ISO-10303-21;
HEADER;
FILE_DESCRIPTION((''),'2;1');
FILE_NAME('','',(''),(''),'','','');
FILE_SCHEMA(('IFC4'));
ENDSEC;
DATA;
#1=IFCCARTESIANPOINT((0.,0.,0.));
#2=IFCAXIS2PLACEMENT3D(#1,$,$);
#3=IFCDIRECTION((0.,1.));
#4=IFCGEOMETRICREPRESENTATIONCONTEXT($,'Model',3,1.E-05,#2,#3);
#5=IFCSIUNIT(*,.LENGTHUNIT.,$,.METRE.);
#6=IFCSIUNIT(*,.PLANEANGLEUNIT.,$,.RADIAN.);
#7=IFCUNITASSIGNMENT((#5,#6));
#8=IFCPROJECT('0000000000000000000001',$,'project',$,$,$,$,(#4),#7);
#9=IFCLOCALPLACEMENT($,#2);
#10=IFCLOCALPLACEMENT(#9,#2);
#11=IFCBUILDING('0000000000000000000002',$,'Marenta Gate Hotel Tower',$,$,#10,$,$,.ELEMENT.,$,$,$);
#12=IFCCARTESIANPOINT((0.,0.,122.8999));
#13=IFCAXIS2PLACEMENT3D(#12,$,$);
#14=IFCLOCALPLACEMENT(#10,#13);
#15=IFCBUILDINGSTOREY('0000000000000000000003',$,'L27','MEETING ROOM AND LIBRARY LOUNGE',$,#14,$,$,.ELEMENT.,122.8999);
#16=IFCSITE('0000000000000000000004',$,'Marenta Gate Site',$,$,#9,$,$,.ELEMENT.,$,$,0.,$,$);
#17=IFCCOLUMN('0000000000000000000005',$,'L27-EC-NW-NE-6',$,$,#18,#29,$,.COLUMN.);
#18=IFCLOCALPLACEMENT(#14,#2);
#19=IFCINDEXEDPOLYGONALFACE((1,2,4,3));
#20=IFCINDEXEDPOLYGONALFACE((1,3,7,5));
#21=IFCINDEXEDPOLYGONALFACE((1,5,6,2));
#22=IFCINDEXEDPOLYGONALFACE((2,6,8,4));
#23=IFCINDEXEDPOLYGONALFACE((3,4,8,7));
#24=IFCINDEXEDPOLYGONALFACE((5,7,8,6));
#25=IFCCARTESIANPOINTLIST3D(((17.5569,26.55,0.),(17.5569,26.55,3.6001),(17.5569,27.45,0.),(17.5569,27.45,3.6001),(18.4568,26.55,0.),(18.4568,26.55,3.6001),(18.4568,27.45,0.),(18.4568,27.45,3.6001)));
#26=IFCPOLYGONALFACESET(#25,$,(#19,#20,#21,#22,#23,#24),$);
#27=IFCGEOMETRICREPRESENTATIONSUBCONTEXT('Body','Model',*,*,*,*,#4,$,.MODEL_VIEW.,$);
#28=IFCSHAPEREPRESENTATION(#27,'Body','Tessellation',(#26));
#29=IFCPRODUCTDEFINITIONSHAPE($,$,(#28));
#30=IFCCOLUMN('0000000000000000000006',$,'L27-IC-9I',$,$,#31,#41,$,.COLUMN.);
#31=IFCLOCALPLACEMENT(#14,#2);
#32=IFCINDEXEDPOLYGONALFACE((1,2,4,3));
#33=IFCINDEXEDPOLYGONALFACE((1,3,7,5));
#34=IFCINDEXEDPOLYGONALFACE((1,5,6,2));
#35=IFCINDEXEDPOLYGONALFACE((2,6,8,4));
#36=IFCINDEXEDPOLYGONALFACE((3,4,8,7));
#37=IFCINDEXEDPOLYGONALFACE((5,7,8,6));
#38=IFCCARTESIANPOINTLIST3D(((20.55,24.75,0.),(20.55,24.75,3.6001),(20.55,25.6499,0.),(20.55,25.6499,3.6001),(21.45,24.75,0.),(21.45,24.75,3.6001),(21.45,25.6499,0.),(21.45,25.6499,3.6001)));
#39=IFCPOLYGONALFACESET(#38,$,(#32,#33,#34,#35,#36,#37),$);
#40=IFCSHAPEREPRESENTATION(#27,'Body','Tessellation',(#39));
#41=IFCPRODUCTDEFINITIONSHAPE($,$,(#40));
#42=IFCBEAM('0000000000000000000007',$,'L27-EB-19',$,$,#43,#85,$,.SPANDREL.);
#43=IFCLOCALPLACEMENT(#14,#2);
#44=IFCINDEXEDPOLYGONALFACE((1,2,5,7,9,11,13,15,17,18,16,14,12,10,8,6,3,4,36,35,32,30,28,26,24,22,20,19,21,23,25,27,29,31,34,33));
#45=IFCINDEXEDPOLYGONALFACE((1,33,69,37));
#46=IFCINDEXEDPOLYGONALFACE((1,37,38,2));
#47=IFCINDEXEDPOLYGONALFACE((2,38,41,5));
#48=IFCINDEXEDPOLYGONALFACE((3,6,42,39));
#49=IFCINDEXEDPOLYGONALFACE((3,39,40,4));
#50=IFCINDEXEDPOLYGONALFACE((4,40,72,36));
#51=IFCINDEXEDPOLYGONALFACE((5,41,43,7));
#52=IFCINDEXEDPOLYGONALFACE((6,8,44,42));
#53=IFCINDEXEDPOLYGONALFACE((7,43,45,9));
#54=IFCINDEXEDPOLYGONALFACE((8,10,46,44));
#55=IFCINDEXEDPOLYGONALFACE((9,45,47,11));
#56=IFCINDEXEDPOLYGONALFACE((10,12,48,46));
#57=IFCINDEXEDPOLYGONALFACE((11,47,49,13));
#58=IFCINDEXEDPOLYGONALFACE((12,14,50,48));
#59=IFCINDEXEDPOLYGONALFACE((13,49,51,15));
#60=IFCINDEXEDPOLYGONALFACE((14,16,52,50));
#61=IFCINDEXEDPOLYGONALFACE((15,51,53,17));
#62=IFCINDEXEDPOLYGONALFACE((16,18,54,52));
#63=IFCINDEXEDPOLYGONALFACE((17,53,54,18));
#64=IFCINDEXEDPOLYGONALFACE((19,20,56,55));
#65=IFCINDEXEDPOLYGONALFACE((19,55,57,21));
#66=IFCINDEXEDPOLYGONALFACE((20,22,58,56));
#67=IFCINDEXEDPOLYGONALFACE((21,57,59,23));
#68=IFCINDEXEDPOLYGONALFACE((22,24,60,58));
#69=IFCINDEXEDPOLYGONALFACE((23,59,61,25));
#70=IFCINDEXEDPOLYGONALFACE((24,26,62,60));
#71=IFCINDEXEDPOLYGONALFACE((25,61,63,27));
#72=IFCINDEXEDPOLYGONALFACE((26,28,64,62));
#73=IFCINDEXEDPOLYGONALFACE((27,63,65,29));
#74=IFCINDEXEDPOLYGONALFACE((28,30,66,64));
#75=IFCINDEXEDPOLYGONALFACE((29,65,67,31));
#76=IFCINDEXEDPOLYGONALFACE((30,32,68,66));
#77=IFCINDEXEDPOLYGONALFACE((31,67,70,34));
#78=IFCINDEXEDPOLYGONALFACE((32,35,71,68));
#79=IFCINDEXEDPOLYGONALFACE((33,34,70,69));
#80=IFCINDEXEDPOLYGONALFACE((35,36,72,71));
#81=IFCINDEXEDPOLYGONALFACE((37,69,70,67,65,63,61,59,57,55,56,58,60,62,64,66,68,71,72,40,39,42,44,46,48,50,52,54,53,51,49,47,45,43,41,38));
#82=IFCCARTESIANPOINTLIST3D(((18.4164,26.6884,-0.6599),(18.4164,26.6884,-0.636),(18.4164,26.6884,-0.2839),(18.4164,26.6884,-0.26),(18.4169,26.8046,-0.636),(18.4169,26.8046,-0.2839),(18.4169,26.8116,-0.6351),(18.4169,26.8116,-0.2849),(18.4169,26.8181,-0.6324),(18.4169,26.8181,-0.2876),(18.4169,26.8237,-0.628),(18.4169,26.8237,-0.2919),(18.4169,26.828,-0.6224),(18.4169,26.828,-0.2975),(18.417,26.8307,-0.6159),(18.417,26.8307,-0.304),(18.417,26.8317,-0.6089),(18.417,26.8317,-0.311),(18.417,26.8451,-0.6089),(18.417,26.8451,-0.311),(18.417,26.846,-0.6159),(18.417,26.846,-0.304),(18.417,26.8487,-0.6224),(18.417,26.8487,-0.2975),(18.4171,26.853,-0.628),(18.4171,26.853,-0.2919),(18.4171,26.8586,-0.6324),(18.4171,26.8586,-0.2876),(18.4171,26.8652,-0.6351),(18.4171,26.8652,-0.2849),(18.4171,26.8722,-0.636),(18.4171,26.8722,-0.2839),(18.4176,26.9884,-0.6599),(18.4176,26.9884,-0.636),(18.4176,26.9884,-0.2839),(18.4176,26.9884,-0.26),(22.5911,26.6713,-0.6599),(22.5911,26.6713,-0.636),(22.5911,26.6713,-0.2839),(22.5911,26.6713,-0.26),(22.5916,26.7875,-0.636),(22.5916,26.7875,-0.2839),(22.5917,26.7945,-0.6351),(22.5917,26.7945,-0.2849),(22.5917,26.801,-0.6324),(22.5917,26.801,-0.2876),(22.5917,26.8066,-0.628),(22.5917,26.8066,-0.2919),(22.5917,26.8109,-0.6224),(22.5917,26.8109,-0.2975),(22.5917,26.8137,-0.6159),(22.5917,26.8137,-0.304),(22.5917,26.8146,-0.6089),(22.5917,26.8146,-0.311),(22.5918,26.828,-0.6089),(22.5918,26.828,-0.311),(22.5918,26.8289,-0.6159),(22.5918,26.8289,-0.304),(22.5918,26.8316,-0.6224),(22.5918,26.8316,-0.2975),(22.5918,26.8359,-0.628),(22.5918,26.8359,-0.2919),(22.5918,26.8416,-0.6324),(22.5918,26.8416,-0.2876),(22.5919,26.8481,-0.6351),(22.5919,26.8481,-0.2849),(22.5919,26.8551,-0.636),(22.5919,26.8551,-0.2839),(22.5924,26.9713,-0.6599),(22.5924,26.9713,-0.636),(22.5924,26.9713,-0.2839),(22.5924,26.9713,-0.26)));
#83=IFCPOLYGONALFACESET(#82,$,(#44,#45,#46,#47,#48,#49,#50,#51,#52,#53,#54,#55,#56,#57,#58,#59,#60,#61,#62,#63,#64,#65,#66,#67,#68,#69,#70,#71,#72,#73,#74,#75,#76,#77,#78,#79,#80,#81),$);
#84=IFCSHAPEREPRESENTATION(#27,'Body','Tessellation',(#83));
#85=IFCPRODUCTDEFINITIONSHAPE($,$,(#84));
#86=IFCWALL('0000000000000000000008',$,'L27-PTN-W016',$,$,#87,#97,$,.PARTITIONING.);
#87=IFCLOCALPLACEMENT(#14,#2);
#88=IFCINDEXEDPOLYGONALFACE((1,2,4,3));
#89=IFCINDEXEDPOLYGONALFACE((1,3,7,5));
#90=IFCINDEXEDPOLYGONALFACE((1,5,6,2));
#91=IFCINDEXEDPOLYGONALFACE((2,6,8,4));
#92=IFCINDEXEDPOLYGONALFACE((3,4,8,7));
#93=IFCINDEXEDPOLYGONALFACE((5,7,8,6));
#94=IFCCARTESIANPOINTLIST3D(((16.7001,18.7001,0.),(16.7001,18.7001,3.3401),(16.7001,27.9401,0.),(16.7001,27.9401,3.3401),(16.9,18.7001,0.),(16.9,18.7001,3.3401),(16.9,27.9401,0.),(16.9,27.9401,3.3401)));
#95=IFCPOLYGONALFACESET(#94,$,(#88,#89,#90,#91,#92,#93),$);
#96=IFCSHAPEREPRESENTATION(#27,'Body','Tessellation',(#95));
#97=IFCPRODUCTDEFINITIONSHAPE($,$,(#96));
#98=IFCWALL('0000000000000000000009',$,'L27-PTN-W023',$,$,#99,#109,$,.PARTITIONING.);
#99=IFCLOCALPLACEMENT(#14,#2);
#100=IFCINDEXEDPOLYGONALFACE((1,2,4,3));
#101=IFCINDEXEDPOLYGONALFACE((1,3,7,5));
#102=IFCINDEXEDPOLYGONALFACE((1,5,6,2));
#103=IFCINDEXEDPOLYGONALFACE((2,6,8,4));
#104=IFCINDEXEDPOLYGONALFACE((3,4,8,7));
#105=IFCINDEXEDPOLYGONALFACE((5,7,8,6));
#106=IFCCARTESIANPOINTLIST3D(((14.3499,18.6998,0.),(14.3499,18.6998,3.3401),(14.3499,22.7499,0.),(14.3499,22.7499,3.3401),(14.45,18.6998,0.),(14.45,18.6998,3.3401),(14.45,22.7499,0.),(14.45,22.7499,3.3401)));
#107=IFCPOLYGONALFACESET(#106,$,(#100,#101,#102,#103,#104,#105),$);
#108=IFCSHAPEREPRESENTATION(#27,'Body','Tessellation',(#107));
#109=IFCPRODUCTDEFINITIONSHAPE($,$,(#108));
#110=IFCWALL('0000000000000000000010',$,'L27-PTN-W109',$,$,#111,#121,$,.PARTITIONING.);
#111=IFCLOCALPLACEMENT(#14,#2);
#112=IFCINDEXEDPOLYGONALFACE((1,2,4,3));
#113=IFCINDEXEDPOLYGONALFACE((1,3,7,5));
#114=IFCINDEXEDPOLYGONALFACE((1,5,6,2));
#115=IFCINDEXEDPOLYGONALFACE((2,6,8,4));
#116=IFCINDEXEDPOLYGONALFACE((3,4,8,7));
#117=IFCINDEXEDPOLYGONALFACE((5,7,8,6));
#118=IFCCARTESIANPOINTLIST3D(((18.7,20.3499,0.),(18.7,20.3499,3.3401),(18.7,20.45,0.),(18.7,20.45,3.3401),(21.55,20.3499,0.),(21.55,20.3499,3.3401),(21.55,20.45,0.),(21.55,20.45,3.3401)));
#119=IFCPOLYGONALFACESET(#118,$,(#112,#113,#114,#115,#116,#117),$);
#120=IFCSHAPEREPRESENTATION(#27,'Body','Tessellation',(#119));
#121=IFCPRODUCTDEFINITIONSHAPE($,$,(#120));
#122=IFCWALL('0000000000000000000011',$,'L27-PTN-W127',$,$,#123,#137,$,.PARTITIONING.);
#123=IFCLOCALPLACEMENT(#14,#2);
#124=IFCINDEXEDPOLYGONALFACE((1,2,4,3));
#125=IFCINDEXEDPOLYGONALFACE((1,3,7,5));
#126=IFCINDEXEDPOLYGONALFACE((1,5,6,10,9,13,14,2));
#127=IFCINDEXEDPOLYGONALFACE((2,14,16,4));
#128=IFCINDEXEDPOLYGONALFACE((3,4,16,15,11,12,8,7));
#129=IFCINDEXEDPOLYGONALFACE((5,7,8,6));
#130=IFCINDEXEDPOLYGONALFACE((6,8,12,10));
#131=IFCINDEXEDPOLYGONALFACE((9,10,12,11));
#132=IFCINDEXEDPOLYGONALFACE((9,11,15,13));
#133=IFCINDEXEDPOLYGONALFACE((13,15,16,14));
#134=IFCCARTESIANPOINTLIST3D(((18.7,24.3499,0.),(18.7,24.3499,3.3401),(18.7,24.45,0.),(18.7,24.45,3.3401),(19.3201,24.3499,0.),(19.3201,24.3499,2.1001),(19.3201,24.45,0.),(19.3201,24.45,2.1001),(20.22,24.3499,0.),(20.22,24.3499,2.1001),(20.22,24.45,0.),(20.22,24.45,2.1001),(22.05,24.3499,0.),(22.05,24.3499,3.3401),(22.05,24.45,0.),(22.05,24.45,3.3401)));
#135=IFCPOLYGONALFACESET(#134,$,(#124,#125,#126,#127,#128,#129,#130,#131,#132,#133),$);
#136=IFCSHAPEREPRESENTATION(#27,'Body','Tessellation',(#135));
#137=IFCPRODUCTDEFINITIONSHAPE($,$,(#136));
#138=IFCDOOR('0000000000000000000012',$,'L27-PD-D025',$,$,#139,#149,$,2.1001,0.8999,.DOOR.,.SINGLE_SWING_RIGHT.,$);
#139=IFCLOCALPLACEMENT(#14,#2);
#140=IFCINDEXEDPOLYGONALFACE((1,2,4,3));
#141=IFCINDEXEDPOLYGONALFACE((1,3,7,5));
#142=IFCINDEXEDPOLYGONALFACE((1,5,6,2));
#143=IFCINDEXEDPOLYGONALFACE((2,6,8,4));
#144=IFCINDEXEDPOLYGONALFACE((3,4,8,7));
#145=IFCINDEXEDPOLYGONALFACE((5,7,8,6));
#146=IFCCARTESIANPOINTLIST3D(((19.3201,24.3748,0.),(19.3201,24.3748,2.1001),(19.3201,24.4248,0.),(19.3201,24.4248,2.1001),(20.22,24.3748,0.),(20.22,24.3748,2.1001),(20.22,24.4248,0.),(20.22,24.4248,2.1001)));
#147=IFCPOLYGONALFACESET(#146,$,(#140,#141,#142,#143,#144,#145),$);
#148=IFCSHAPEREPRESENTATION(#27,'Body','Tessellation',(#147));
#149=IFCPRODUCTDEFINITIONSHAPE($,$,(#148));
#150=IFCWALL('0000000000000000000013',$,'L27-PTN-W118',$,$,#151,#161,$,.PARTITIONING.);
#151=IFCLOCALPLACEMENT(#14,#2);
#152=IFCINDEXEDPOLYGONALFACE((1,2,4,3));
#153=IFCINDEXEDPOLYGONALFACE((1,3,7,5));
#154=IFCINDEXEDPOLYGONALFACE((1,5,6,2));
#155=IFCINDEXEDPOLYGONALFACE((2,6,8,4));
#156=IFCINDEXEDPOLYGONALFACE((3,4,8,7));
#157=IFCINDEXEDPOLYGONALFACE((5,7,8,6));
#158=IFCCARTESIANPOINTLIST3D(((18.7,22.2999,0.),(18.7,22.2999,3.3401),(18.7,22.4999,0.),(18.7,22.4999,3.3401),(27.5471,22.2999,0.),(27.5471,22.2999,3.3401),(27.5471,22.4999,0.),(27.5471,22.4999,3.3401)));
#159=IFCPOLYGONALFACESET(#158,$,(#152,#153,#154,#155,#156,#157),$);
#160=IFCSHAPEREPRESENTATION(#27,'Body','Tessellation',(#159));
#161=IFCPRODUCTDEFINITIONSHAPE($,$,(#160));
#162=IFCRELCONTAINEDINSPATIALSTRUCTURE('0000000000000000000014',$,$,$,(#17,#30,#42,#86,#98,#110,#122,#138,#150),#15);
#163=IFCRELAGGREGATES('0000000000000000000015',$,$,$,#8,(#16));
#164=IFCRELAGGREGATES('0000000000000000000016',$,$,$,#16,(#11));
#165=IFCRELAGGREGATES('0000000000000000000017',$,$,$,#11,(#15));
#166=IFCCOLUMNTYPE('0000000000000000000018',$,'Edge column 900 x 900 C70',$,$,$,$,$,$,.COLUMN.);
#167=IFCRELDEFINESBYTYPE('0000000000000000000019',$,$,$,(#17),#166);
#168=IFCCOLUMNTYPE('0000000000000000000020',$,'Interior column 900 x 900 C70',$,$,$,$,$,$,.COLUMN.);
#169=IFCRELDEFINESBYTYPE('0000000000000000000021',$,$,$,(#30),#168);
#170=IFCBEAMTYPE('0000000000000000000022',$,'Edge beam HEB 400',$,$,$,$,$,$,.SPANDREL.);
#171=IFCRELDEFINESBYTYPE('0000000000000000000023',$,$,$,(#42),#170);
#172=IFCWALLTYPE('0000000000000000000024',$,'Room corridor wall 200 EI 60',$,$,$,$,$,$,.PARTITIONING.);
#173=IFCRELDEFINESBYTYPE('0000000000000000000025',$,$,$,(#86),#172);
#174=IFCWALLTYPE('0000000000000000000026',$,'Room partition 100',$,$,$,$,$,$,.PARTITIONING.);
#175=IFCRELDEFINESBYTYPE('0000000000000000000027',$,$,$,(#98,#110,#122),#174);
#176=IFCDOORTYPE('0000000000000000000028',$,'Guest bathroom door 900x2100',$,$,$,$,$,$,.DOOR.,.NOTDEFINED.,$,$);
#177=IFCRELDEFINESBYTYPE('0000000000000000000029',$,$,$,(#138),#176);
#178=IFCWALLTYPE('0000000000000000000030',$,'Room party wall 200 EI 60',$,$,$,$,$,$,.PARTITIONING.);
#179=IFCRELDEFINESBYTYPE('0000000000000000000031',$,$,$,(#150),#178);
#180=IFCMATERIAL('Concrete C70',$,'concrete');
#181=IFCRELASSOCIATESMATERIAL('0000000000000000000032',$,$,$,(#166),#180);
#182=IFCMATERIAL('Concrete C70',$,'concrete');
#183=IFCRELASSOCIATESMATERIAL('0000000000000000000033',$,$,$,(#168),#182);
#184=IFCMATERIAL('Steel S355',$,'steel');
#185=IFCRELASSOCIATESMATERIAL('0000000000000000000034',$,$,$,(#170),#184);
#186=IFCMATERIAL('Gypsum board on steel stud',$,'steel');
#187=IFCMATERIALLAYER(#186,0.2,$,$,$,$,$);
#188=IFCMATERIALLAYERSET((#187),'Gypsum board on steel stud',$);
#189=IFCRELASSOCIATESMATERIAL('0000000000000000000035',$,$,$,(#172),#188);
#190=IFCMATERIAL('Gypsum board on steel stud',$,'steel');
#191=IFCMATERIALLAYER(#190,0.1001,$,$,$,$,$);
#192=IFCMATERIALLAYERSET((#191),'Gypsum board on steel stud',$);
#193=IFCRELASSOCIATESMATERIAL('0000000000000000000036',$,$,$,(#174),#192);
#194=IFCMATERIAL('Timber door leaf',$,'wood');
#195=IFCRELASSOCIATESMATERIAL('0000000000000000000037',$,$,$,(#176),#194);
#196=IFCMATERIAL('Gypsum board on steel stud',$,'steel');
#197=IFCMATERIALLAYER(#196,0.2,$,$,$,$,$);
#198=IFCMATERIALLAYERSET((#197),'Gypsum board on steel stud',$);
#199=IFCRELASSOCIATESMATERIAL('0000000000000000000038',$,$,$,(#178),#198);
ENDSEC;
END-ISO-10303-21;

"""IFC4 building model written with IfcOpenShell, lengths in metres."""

from ifc_helpers import new_model, si_unit, direction, frame, frame_2d, origin, origin_2d, place, context, subcontext, project, spatial, rectangle, i_section, extrude, material, layer, layer_set, material_profile, profile_set, type_object, element, fill, save


model = new_model("IFC4")

# Units and contexts
model_context = context("Model", 3, precision=1e-05, world=origin(), true_north=direction((0.0, 1.0)))
body_context = subcontext(model_context, "Body", "Model", "MODEL_VIEW")
ifc_project = project(units=[si_unit("LENGTHUNIT", "METRE"), si_unit("PLANEANGLEUNIT", "RADIAN")], contexts=[model_context])

# Site, building, storey
site_placement = place(None, origin())
site = spatial("IfcSite", under=ifc_project, at=site_placement, Name="Marenta Gate Site", CompositionType="ELEMENT", RefElevation=0.0)
building_placement = place(site_placement, origin())
building = spatial("IfcBuilding", under=site, at=building_placement, Name="Marenta Gate Hotel Tower", CompositionType="ELEMENT")
storey_placement = place(building_placement, frame((0.0, 0.0, 122.8999)))
storey = spatial("IfcBuildingStorey", under=building, at=storey_placement, Name="L27", Description="MEETING ROOM AND LIBRARY LOUNGE", CompositionType="ELEMENT", Elevation=122.8999)

# Columns
ifc_material_1 = material(Name="Concrete C70", Category="concrete")
ifc_material_profile_1 = material_profile(ifc_material_1, rectangle(XDim=0.8999, YDim=0.8999, at=origin_2d()), Name="900 x 900")
ifc_profile_set_1 = profile_set([ifc_material_profile_1], Name="Concrete C70")
column_type_1 = type_object("IfcColumnType", Name="Edge column 900 x 900 C70", PredefinedType="COLUMN", material=ifc_profile_set_1)
column_1_placement = place(storey_placement, frame((18.0068, 27.0, 0.0), z_axis=(0.0, 0.0, 1.0), x_axis=(1.0, 0.0, 0.0)))
element("IfcColumn", 1, at=column_1_placement, inside=storey, type_object=column_type_1, Name="L27-EC-NW-NE-6", PredefinedType="COLUMN", context=body_context, shape_type="SweptSolid", body=[
    extrude(rectangle(XDim=0.8999, YDim=0.8999, at=origin_2d()), origin(), (0.0, 0.0, 1.0), 3.6001),
])
ifc_material_2 = material(Name="Concrete C70", Category="concrete")
ifc_material_profile_2 = material_profile(ifc_material_2, rectangle(XDim=0.8999, YDim=0.8999, at=origin_2d()), Name="900 x 900")
ifc_profile_set_2 = profile_set([ifc_material_profile_2], Name="Concrete C70")
column_type_2 = type_object("IfcColumnType", Name="Interior column 900 x 900 C70", PredefinedType="COLUMN", material=ifc_profile_set_2)
column_2_placement = place(storey_placement, frame((21.0, 25.2, 0.0), z_axis=(0.0, 0.0, 1.0), x_axis=(1.0, 0.0, 0.0)))
element("IfcColumn", 2, at=column_2_placement, inside=storey, type_object=column_type_2, Name="L27-IC-9I", PredefinedType="COLUMN", context=body_context, shape_type="SweptSolid", body=[
    extrude(rectangle(XDim=0.8999, YDim=0.8999, at=origin_2d()), origin(), (0.0, 0.0, 1.0), 3.6001),
])

# Beam
ifc_material_3 = material(Name="Steel S355", Category="steel")
ifc_material_profile_3 = material_profile(ifc_material_3, i_section(OverallWidth=0.3, OverallDepth=0.3999, WebThickness=0.0134, FlangeThickness=0.0239, FilletRadius=0.0271, at=origin_2d()), Name="HEB 400")
ifc_profile_set_3 = profile_set([ifc_material_profile_3], Name="Steel S355")
beam_type = type_object("IfcBeamType", Name="Edge beam HEB 400", PredefinedType="SPANDREL", material=ifc_profile_set_3)
beam_placement = place(storey_placement, frame((18.417, 26.8384, -0.46), z_axis=(0.999992, -0.004094, 0.0), x_axis=(0.004094, 0.999992, 0.0)))
element("IfcBeam", 3, at=beam_placement, inside=storey, type_object=beam_type, Name="L27-EB-19", PredefinedType="SPANDREL", context=body_context, shape_type="SweptSolid", body=[
    extrude(i_section(OverallWidth=0.3, OverallDepth=0.3999, WebThickness=0.0134, FlangeThickness=0.0239, FilletRadius=0.0271, at=origin_2d()), origin(), (0.0, 0.0, 1.0), 4.1748),
])

# Walls
ifc_material_4 = material(Name="Gypsum board on steel stud", Category="steel")
ifc_layer_1 = layer(ifc_material_4, 0.2)
ifc_layer_set_1 = layer_set([ifc_layer_1], Name="Gypsum board on steel stud")
wall_type_1 = type_object("IfcWallType", Name="Room corridor wall 200 EI 60", PredefinedType="PARTITIONING", material=ifc_layer_set_1)
wall_1_placement = place(storey_placement, frame((16.8, 18.7, 0.0), z_axis=(0.0, 0.0, 1.0), x_axis=(0.0, 1.0, 0.0)))
element("IfcWall", 4, at=wall_1_placement, inside=storey, type_object=wall_type_1, Name="L27-PTN-W016", PredefinedType="PARTITIONING", context=body_context, shape_type="SweptSolid", body=[
    extrude(rectangle(XDim=9.24, YDim=0.2, at=frame_2d((4.6201, 0.0))), origin(), (0.0, 0.0, 1.0), 3.3401),
])
ifc_material_5 = material(Name="Gypsum board on steel stud", Category="steel")
ifc_layer_2 = layer(ifc_material_5, 0.1001)
ifc_layer_set_2 = layer_set([ifc_layer_2], Name="Gypsum board on steel stud")
wall_type_2 = type_object("IfcWallType", Name="Room partition 100", PredefinedType="PARTITIONING", material=ifc_layer_set_2)
wall_2_placement = place(storey_placement, frame((14.3999, 18.7, 0.0), z_axis=(0.0, 0.0, 1.0), x_axis=(0.0, 1.0, 0.0)))
element("IfcWall", 5, at=wall_2_placement, inside=storey, type_object=wall_type_2, Name="L27-PTN-W023", PredefinedType="PARTITIONING", context=body_context, shape_type="SweptSolid", body=[
    extrude(rectangle(XDim=4.05, YDim=0.1001, at=frame_2d((2.0249, 0.0))), origin(), (0.0, 0.0, 1.0), 3.3401),
])
wall_3_placement = place(storey_placement, frame((18.7, 20.3999, 0.0), z_axis=(0.0, 0.0, 1.0), x_axis=(1.0, 0.0, 0.0)))
element("IfcWall", 6, at=wall_3_placement, inside=storey, type_object=wall_type_2, Name="L27-PTN-W109", PredefinedType="PARTITIONING", context=body_context, shape_type="SweptSolid", body=[
    extrude(rectangle(XDim=2.8501, YDim=0.1001, at=frame_2d((1.425, 0.0))), origin(), (0.0, 0.0, 1.0), 3.3401),
])

# Wall, opening, door
wall_4_placement = place(storey_placement, frame((18.7, 24.3999, 0.0), z_axis=(0.0, 0.0, 1.0), x_axis=(1.0, 0.0, 0.0)))
wall_4 = element("IfcWall", 7, at=wall_4_placement, inside=storey, type_object=wall_type_2, Name="L27-PTN-W127", PredefinedType="PARTITIONING", context=body_context, shape_type="SweptSolid", body=[
    extrude(rectangle(XDim=3.3501, YDim=0.1001, at=frame_2d((1.675, 0.0))), origin(), (0.0, 0.0, 1.0), 3.3401),
])
opening_1_placement = place(wall_4_placement, frame((0.6201, 0.0, 0.0)))
opening_1 = element("IfcOpeningElement", 8, at=opening_1_placement, cuts=wall_4, PredefinedType="OPENING", context=body_context, shape_type="SweptSolid", body=[
    extrude(rectangle(XDim=0.8999, YDim=2.1001, at=frame_2d((0.45, 1.05))), frame((0.0, 0.05, 0.0), z_axis=(0.0, -1.0, 0.0), x_axis=(1.0, 0.0, 0.0)), (0.0, 0.0, 1.0), 0.1001),
])
ifc_material_6 = material(Name="Timber door leaf", Category="wood")
door_type = type_object("IfcDoorType", Name="Guest bathroom door 900x2100", OperationType="NOTDEFINED", PredefinedType="DOOR", material=ifc_material_6)
door_placement = place(opening_1_placement, origin())
door = element("IfcDoor", 9, at=door_placement, inside=storey, type_object=door_type, Name="L27-PD-D025", OperationType="SINGLE_SWING_RIGHT", OverallHeight=2.1001, OverallWidth=0.8999, PredefinedType="DOOR", context=body_context, shape_type="SweptSolid", body=[
    extrude(rectangle(XDim=0.8999, YDim=2.1001, at=frame_2d((0.45, 1.05))), frame((0.0, 0.0249, 0.0), z_axis=(0.0, -1.0, 0.0), x_axis=(1.0, 0.0, 0.0)), (0.0, 0.0, 1.0), 0.05),
])
fill(opening_1, door)

# Wall
ifc_material_7 = material(Name="Gypsum board on steel stud", Category="steel")
ifc_layer_3 = layer(ifc_material_7, 0.2)
ifc_layer_set_3 = layer_set([ifc_layer_3], Name="Gypsum board on steel stud")
wall_type_3 = type_object("IfcWallType", Name="Room party wall 200 EI 60", PredefinedType="PARTITIONING", material=ifc_layer_set_3)
wall_5_placement = place(storey_placement, frame((18.7, 22.3999, 0.0), z_axis=(0.0, 0.0, 1.0), x_axis=(1.0, 0.0, 0.0)))
element("IfcWall", 10, at=wall_5_placement, inside=storey, type_object=wall_type_3, Name="L27-PTN-W118", PredefinedType="PARTITIONING", context=body_context, shape_type="SweptSolid", body=[
    extrude(rectangle(XDim=8.8472, YDim=0.2, at=frame_2d((4.4236, 0.0))), origin(), (0.0, 0.0, 1.0), 3.3401),
])

save(model, "model.ifc")
